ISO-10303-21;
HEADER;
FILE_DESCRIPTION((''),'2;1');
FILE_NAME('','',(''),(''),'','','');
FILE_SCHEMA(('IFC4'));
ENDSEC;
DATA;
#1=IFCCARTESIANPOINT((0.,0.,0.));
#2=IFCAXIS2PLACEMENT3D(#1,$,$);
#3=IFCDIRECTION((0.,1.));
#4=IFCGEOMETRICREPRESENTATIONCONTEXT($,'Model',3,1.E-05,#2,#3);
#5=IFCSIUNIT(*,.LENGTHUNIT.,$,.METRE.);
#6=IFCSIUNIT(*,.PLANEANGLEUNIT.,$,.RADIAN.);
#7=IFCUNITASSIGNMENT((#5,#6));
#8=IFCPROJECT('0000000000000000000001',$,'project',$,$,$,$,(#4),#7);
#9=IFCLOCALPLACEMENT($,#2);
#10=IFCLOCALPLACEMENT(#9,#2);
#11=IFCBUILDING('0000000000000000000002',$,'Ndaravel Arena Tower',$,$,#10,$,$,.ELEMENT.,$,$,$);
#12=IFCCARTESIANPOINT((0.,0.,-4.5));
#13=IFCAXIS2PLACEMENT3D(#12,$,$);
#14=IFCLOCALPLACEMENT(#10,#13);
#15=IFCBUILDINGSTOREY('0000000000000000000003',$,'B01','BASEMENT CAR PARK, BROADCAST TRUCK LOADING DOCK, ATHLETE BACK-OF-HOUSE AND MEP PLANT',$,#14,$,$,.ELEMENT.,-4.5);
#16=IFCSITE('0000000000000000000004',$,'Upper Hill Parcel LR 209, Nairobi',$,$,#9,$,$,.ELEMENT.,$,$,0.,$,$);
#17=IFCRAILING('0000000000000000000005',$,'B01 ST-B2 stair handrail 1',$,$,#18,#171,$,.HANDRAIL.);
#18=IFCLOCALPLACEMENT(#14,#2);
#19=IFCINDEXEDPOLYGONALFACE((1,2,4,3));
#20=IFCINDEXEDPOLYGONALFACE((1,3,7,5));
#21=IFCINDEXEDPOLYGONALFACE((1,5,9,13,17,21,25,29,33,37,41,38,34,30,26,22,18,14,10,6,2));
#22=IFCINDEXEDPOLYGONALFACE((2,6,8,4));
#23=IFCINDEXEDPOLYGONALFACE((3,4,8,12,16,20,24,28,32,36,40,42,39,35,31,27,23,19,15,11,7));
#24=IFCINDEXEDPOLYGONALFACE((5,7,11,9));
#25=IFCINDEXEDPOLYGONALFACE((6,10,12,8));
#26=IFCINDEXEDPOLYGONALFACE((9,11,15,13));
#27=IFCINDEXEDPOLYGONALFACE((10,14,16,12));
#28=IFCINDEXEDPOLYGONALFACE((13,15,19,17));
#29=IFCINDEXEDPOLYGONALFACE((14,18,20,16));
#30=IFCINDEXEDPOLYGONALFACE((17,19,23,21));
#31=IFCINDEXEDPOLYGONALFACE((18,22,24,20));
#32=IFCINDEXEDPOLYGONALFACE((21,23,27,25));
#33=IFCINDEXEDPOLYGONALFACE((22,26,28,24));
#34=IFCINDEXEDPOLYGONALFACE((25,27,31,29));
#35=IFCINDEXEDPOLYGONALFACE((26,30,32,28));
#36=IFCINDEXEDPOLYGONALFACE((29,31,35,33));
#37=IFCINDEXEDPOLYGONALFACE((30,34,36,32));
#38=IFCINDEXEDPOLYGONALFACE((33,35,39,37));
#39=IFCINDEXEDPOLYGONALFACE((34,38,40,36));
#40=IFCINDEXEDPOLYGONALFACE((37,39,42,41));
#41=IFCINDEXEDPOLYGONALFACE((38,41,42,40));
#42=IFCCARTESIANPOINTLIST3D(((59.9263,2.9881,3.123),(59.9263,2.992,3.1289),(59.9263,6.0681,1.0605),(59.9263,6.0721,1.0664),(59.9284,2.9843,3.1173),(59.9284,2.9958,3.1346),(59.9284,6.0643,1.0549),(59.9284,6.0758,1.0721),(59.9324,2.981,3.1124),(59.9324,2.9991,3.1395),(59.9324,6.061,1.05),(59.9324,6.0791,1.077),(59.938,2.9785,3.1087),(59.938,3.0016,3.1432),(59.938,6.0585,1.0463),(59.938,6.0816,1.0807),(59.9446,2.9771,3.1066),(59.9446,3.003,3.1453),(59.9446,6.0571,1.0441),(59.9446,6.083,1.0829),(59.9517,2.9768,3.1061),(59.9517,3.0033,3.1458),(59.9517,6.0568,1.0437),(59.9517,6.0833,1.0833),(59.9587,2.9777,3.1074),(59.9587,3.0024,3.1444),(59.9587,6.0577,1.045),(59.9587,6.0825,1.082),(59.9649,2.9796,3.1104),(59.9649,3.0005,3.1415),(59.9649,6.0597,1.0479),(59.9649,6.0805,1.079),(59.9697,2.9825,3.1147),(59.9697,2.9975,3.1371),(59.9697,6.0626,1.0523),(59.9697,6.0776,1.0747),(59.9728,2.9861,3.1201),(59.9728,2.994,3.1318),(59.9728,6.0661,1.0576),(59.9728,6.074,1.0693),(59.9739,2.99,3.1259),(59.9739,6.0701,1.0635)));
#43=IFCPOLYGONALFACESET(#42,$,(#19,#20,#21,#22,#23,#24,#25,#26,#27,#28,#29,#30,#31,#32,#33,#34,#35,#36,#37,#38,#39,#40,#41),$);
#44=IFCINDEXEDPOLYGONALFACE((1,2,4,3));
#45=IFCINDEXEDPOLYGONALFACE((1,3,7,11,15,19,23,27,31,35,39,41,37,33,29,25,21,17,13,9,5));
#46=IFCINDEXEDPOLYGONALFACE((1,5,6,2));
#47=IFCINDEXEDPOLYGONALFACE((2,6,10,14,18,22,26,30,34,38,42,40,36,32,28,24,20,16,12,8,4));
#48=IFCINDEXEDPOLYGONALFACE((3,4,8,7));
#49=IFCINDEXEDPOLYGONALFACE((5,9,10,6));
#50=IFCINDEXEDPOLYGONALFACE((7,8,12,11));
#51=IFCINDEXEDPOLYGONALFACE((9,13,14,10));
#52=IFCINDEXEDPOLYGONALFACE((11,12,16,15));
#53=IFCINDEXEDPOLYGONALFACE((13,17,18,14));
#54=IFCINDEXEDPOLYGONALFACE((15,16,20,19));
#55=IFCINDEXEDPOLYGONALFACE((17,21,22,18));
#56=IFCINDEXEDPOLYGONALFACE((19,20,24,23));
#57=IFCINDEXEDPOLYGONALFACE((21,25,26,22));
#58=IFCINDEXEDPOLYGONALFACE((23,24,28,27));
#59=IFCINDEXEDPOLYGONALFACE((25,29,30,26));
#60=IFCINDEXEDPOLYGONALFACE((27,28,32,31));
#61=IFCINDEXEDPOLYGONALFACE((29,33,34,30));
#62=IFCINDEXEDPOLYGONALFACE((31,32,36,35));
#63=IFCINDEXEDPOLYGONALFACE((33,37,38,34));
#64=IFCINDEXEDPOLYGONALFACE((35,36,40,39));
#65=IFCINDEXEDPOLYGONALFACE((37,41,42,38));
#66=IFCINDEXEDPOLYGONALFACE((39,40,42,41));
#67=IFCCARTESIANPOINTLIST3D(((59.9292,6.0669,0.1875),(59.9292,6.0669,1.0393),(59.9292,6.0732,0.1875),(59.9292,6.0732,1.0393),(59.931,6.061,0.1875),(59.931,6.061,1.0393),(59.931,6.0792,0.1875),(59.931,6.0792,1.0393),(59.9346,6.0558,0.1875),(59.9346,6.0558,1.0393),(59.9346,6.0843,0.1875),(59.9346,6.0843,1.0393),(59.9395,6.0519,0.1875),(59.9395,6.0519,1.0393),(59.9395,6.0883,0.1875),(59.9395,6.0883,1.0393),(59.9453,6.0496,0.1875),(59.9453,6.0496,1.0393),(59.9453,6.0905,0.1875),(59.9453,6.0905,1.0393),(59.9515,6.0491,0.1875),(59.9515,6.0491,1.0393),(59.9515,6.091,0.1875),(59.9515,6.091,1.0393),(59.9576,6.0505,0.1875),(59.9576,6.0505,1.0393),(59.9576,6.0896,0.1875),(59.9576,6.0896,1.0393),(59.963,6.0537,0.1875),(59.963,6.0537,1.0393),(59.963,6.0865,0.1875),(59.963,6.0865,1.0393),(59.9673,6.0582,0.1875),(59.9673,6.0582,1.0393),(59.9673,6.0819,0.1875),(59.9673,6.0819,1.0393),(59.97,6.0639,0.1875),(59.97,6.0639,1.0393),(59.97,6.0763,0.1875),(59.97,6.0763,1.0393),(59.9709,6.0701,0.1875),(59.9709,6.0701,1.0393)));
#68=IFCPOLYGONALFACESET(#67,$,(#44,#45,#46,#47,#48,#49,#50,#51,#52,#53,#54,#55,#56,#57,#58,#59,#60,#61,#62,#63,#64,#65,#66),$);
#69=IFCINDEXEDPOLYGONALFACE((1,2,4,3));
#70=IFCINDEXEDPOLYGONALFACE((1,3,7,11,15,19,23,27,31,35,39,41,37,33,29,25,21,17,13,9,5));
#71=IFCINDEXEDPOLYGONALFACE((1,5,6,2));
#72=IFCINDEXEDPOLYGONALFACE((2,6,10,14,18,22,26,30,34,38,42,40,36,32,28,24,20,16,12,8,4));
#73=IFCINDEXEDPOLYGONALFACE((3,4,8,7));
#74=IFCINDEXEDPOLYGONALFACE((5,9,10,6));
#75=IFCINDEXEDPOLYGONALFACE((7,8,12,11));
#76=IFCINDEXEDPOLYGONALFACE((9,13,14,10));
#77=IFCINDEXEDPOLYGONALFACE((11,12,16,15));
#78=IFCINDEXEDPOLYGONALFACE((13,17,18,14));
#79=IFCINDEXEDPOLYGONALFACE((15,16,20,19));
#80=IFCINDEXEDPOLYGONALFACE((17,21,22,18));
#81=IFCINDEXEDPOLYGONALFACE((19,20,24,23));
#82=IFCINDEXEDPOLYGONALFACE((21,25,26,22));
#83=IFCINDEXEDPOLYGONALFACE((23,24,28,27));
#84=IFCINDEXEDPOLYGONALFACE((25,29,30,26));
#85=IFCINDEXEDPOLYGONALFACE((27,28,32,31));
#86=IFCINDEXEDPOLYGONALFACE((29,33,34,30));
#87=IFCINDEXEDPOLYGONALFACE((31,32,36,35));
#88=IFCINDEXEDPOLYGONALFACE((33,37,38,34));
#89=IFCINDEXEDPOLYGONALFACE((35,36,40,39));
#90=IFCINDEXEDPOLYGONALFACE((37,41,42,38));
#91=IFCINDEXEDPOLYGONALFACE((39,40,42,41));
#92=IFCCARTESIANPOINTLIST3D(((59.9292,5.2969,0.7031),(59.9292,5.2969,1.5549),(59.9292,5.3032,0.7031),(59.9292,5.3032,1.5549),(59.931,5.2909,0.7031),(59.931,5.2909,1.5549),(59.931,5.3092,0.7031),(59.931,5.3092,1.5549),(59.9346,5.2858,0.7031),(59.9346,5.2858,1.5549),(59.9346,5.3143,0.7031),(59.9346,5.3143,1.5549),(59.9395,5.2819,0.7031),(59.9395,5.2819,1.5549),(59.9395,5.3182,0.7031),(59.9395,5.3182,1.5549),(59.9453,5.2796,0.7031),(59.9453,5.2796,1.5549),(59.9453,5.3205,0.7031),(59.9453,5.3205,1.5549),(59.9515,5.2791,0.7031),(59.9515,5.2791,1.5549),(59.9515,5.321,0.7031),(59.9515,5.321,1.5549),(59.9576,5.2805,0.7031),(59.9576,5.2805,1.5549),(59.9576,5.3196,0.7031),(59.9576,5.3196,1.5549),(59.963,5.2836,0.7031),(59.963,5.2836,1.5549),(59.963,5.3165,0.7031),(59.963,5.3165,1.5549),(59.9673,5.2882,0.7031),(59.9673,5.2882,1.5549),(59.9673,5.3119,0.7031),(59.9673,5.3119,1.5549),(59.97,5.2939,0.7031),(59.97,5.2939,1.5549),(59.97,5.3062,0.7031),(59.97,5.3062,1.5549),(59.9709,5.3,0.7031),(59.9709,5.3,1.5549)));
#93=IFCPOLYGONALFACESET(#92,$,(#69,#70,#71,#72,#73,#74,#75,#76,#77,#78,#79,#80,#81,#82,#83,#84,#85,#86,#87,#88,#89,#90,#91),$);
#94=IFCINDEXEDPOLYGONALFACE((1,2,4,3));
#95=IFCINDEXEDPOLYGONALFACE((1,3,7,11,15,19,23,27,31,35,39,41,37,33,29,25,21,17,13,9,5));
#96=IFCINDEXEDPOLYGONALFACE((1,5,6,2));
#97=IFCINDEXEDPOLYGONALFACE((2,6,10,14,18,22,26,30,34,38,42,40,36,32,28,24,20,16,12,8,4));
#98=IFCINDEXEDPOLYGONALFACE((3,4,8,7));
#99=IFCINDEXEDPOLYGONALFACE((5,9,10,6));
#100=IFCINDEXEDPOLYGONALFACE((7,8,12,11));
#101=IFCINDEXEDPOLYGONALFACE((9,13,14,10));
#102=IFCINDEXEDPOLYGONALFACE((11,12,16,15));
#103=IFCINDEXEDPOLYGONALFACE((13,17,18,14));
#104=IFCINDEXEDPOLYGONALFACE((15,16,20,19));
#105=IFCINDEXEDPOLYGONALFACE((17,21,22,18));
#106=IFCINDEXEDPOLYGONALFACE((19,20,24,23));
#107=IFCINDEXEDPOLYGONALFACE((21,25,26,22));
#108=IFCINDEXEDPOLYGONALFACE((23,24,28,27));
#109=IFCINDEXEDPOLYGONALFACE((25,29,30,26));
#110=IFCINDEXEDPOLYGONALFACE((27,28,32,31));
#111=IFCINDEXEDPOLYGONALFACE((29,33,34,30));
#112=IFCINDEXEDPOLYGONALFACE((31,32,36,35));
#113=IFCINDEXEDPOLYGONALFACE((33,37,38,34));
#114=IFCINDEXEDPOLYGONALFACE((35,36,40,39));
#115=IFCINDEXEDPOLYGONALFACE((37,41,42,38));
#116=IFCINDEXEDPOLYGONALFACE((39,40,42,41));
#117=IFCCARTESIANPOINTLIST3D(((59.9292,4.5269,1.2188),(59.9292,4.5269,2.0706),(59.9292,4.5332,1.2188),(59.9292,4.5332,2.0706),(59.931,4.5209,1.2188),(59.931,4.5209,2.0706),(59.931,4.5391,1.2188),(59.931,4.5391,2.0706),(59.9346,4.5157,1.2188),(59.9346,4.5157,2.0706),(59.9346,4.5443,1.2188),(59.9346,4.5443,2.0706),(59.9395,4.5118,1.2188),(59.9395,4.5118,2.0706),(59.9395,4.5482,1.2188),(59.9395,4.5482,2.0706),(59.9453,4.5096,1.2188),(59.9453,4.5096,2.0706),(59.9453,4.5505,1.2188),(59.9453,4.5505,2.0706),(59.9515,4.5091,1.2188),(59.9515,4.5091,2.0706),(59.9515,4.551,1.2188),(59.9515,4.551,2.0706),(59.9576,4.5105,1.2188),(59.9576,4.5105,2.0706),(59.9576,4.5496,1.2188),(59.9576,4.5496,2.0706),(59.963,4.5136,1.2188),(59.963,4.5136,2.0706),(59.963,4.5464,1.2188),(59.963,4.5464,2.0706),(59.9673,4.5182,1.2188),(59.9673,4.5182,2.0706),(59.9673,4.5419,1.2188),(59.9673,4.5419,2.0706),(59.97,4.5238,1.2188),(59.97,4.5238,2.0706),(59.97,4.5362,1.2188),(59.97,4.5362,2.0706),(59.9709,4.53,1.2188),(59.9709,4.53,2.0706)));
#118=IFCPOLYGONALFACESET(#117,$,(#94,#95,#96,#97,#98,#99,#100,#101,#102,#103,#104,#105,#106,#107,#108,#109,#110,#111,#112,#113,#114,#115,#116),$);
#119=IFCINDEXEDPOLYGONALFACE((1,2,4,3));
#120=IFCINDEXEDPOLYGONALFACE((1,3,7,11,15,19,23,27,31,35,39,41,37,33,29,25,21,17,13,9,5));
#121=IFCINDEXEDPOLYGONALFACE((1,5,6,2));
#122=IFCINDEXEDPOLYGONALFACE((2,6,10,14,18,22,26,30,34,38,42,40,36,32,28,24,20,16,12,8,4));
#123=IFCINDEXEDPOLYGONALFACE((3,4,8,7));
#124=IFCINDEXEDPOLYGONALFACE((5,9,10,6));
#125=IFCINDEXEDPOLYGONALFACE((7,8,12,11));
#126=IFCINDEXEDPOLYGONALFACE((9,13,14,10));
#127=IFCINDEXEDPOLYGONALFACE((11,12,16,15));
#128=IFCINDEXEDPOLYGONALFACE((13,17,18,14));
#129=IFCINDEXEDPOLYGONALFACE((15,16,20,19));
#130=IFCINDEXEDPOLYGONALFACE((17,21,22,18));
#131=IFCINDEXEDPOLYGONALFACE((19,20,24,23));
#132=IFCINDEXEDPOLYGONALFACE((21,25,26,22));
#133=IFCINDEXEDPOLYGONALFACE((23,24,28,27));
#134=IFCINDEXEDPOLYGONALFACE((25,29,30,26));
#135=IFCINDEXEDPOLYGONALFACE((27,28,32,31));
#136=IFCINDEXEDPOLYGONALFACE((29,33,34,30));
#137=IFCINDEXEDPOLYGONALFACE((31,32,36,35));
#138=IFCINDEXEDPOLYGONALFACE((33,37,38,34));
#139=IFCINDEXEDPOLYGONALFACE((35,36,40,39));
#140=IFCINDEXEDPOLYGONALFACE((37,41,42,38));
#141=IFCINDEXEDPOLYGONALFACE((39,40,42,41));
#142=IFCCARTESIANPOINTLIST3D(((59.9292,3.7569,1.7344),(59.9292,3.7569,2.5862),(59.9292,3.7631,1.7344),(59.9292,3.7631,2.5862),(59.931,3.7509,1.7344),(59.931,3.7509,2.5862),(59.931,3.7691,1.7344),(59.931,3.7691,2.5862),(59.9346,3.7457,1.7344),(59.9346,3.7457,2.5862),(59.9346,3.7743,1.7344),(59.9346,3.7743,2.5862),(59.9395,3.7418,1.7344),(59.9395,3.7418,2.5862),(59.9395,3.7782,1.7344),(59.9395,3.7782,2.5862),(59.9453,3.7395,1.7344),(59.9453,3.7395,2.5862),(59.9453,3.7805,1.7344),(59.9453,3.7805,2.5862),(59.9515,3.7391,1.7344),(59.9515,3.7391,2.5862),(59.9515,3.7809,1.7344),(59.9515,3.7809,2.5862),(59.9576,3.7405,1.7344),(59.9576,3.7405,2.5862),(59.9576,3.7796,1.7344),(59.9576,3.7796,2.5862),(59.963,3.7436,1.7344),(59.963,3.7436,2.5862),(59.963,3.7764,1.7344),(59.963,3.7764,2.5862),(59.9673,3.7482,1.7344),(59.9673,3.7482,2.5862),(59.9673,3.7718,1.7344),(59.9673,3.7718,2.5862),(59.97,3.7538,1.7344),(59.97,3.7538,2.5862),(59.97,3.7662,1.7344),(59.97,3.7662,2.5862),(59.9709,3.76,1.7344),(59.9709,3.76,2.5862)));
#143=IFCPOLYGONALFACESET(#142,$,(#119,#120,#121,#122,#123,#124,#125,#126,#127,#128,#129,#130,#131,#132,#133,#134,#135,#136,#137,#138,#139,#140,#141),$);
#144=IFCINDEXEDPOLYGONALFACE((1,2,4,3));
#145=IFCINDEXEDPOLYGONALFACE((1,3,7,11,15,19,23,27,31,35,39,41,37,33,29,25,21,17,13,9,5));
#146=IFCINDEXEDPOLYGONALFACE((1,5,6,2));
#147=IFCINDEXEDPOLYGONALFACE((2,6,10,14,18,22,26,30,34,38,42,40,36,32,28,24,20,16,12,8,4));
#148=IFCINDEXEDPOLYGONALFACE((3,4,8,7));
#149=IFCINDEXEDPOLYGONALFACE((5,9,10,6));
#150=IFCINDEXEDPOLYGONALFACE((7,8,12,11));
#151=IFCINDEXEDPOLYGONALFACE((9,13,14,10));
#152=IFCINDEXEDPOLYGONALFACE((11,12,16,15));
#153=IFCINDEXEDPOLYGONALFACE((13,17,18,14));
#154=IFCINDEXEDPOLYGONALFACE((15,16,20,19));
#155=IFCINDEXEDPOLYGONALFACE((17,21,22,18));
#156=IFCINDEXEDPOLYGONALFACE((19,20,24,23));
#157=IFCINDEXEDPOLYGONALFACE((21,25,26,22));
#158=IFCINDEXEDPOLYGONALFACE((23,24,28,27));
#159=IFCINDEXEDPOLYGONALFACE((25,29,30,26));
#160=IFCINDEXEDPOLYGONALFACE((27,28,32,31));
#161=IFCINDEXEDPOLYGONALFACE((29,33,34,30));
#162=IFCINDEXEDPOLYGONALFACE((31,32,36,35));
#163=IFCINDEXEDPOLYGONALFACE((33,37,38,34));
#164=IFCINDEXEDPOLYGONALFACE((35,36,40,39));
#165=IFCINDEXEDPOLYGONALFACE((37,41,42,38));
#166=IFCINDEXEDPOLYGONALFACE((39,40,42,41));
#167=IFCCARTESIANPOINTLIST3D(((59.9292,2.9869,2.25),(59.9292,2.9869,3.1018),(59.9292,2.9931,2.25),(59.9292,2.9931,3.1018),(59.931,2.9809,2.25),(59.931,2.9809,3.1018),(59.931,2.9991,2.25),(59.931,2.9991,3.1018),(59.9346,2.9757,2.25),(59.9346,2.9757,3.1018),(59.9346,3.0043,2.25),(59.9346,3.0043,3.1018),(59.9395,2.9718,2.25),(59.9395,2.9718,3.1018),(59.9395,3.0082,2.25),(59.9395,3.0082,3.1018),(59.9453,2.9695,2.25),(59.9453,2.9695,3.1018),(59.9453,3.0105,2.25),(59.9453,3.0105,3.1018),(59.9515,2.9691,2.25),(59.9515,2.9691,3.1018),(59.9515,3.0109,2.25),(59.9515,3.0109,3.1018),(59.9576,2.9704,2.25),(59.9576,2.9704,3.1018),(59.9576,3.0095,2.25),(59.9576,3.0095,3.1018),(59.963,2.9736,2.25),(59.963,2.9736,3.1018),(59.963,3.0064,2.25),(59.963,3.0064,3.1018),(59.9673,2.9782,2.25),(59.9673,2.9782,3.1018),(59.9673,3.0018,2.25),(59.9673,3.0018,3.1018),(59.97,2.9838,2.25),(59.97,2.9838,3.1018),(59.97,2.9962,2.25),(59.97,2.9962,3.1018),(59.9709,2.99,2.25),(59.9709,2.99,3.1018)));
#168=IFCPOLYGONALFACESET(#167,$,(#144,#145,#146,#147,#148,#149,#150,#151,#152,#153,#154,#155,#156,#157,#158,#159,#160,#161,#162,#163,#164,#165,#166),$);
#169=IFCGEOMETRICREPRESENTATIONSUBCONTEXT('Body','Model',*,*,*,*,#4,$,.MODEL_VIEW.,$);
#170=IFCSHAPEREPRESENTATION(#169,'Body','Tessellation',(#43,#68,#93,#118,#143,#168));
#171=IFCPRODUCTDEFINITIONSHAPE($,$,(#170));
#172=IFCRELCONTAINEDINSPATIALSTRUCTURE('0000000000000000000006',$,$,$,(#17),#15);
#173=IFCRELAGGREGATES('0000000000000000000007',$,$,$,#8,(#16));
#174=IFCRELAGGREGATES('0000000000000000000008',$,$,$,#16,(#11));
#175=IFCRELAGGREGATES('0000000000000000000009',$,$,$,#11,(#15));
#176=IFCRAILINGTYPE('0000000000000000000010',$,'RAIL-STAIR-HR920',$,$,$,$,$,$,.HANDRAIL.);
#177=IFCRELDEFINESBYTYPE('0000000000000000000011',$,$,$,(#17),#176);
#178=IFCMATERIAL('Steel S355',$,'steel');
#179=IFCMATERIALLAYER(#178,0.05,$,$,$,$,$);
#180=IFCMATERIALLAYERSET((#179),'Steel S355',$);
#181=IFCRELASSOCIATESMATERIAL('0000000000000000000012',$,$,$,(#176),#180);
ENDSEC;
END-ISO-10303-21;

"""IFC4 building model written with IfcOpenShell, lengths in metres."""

from ifc_helpers import new_model, si_unit, direction, frame, origin, origin_2d, place, context, subcontext, project, spatial, circle, extrude, material, layer, layer_set, type_object, element, save


model = new_model("IFC4")

# Units and contexts
model_context = context("Model", 3, precision=1e-05, world=origin(), true_north=direction((0.0, 1.0)))
body_context = subcontext(model_context, "Body", "Model", "MODEL_VIEW")
ifc_project = project(units=[si_unit("LENGTHUNIT", "METRE"), si_unit("PLANEANGLEUNIT", "RADIAN")], contexts=[model_context])

# Site, building, storey
site_placement = place(None, origin())
site = spatial("IfcSite", under=ifc_project, at=site_placement, Name="Upper Hill Parcel LR 209, Nairobi", CompositionType="ELEMENT", RefElevation=0.0)
building_placement = place(site_placement, origin())
building = spatial("IfcBuilding", under=site, at=building_placement, Name="Ndaravel Arena Tower", CompositionType="ELEMENT")
storey_placement = place(building_placement, frame((0.0, 0.0, -4.5)))
storey = spatial("IfcBuildingStorey", under=building, at=storey_placement, Name="B01", Description="BASEMENT CAR PARK, BROADCAST TRUCK LOADING DOCK, ATHLETE BACK-OF-HOUSE AND MEP PLANT", CompositionType="ELEMENT", Elevation=-4.5)

# Railing
ifc_material_1 = material(Name="Steel S355", Category="steel")
ifc_layer_1 = layer(ifc_material_1, 0.05)
ifc_layer_set_1 = layer_set([ifc_layer_1], Name="Steel S355")
railing_type_1 = type_object("IfcRailingType", Name="RAIL-STAIR-HR920", PredefinedType="HANDRAIL", material=ifc_layer_set_1)
railing_1_placement = place(storey_placement, frame((59.95, 6.0701, 0.1875)))
element("IfcRailing", 1, at=railing_1_placement, inside=storey, type_object=railing_type_1, Name="B01 ST-B2 stair handrail 1", PredefinedType="HANDRAIL", context=body_context, shape_type="SweptSolid", body=[
    extrude(circle(Radius=0.0239, at=origin_2d()), frame((0.0, 0.0, 0.876), z_axis=(0.0, -0.830914, 0.556401), x_axis=(1.0, 0.0, 0.0)), (0.0, 0.0, 1.0), 3.7068),
    extrude(circle(Radius=0.021, at=origin_2d()), origin(), (0.0, 0.0, 1.0), 0.8518),
    extrude(circle(Radius=0.021, at=origin_2d()), frame((0.0, -0.77, 0.5156)), (0.0, 0.0, 1.0), 0.8518),
    extrude(circle(Radius=0.021, at=origin_2d()), frame((0.0, -1.54, 1.0312)), (0.0, 0.0, 1.0), 0.8518),
    extrude(circle(Radius=0.021, at=origin_2d()), frame((0.0, -2.3101, 1.5469)), (0.0, 0.0, 1.0), 0.8518),
    extrude(circle(Radius=0.021, at=origin_2d()), frame((0.0, -3.0801, 2.0625)), (0.0, 0.0, 1.0), 0.8518),
])

save(model, "model.ifc")
